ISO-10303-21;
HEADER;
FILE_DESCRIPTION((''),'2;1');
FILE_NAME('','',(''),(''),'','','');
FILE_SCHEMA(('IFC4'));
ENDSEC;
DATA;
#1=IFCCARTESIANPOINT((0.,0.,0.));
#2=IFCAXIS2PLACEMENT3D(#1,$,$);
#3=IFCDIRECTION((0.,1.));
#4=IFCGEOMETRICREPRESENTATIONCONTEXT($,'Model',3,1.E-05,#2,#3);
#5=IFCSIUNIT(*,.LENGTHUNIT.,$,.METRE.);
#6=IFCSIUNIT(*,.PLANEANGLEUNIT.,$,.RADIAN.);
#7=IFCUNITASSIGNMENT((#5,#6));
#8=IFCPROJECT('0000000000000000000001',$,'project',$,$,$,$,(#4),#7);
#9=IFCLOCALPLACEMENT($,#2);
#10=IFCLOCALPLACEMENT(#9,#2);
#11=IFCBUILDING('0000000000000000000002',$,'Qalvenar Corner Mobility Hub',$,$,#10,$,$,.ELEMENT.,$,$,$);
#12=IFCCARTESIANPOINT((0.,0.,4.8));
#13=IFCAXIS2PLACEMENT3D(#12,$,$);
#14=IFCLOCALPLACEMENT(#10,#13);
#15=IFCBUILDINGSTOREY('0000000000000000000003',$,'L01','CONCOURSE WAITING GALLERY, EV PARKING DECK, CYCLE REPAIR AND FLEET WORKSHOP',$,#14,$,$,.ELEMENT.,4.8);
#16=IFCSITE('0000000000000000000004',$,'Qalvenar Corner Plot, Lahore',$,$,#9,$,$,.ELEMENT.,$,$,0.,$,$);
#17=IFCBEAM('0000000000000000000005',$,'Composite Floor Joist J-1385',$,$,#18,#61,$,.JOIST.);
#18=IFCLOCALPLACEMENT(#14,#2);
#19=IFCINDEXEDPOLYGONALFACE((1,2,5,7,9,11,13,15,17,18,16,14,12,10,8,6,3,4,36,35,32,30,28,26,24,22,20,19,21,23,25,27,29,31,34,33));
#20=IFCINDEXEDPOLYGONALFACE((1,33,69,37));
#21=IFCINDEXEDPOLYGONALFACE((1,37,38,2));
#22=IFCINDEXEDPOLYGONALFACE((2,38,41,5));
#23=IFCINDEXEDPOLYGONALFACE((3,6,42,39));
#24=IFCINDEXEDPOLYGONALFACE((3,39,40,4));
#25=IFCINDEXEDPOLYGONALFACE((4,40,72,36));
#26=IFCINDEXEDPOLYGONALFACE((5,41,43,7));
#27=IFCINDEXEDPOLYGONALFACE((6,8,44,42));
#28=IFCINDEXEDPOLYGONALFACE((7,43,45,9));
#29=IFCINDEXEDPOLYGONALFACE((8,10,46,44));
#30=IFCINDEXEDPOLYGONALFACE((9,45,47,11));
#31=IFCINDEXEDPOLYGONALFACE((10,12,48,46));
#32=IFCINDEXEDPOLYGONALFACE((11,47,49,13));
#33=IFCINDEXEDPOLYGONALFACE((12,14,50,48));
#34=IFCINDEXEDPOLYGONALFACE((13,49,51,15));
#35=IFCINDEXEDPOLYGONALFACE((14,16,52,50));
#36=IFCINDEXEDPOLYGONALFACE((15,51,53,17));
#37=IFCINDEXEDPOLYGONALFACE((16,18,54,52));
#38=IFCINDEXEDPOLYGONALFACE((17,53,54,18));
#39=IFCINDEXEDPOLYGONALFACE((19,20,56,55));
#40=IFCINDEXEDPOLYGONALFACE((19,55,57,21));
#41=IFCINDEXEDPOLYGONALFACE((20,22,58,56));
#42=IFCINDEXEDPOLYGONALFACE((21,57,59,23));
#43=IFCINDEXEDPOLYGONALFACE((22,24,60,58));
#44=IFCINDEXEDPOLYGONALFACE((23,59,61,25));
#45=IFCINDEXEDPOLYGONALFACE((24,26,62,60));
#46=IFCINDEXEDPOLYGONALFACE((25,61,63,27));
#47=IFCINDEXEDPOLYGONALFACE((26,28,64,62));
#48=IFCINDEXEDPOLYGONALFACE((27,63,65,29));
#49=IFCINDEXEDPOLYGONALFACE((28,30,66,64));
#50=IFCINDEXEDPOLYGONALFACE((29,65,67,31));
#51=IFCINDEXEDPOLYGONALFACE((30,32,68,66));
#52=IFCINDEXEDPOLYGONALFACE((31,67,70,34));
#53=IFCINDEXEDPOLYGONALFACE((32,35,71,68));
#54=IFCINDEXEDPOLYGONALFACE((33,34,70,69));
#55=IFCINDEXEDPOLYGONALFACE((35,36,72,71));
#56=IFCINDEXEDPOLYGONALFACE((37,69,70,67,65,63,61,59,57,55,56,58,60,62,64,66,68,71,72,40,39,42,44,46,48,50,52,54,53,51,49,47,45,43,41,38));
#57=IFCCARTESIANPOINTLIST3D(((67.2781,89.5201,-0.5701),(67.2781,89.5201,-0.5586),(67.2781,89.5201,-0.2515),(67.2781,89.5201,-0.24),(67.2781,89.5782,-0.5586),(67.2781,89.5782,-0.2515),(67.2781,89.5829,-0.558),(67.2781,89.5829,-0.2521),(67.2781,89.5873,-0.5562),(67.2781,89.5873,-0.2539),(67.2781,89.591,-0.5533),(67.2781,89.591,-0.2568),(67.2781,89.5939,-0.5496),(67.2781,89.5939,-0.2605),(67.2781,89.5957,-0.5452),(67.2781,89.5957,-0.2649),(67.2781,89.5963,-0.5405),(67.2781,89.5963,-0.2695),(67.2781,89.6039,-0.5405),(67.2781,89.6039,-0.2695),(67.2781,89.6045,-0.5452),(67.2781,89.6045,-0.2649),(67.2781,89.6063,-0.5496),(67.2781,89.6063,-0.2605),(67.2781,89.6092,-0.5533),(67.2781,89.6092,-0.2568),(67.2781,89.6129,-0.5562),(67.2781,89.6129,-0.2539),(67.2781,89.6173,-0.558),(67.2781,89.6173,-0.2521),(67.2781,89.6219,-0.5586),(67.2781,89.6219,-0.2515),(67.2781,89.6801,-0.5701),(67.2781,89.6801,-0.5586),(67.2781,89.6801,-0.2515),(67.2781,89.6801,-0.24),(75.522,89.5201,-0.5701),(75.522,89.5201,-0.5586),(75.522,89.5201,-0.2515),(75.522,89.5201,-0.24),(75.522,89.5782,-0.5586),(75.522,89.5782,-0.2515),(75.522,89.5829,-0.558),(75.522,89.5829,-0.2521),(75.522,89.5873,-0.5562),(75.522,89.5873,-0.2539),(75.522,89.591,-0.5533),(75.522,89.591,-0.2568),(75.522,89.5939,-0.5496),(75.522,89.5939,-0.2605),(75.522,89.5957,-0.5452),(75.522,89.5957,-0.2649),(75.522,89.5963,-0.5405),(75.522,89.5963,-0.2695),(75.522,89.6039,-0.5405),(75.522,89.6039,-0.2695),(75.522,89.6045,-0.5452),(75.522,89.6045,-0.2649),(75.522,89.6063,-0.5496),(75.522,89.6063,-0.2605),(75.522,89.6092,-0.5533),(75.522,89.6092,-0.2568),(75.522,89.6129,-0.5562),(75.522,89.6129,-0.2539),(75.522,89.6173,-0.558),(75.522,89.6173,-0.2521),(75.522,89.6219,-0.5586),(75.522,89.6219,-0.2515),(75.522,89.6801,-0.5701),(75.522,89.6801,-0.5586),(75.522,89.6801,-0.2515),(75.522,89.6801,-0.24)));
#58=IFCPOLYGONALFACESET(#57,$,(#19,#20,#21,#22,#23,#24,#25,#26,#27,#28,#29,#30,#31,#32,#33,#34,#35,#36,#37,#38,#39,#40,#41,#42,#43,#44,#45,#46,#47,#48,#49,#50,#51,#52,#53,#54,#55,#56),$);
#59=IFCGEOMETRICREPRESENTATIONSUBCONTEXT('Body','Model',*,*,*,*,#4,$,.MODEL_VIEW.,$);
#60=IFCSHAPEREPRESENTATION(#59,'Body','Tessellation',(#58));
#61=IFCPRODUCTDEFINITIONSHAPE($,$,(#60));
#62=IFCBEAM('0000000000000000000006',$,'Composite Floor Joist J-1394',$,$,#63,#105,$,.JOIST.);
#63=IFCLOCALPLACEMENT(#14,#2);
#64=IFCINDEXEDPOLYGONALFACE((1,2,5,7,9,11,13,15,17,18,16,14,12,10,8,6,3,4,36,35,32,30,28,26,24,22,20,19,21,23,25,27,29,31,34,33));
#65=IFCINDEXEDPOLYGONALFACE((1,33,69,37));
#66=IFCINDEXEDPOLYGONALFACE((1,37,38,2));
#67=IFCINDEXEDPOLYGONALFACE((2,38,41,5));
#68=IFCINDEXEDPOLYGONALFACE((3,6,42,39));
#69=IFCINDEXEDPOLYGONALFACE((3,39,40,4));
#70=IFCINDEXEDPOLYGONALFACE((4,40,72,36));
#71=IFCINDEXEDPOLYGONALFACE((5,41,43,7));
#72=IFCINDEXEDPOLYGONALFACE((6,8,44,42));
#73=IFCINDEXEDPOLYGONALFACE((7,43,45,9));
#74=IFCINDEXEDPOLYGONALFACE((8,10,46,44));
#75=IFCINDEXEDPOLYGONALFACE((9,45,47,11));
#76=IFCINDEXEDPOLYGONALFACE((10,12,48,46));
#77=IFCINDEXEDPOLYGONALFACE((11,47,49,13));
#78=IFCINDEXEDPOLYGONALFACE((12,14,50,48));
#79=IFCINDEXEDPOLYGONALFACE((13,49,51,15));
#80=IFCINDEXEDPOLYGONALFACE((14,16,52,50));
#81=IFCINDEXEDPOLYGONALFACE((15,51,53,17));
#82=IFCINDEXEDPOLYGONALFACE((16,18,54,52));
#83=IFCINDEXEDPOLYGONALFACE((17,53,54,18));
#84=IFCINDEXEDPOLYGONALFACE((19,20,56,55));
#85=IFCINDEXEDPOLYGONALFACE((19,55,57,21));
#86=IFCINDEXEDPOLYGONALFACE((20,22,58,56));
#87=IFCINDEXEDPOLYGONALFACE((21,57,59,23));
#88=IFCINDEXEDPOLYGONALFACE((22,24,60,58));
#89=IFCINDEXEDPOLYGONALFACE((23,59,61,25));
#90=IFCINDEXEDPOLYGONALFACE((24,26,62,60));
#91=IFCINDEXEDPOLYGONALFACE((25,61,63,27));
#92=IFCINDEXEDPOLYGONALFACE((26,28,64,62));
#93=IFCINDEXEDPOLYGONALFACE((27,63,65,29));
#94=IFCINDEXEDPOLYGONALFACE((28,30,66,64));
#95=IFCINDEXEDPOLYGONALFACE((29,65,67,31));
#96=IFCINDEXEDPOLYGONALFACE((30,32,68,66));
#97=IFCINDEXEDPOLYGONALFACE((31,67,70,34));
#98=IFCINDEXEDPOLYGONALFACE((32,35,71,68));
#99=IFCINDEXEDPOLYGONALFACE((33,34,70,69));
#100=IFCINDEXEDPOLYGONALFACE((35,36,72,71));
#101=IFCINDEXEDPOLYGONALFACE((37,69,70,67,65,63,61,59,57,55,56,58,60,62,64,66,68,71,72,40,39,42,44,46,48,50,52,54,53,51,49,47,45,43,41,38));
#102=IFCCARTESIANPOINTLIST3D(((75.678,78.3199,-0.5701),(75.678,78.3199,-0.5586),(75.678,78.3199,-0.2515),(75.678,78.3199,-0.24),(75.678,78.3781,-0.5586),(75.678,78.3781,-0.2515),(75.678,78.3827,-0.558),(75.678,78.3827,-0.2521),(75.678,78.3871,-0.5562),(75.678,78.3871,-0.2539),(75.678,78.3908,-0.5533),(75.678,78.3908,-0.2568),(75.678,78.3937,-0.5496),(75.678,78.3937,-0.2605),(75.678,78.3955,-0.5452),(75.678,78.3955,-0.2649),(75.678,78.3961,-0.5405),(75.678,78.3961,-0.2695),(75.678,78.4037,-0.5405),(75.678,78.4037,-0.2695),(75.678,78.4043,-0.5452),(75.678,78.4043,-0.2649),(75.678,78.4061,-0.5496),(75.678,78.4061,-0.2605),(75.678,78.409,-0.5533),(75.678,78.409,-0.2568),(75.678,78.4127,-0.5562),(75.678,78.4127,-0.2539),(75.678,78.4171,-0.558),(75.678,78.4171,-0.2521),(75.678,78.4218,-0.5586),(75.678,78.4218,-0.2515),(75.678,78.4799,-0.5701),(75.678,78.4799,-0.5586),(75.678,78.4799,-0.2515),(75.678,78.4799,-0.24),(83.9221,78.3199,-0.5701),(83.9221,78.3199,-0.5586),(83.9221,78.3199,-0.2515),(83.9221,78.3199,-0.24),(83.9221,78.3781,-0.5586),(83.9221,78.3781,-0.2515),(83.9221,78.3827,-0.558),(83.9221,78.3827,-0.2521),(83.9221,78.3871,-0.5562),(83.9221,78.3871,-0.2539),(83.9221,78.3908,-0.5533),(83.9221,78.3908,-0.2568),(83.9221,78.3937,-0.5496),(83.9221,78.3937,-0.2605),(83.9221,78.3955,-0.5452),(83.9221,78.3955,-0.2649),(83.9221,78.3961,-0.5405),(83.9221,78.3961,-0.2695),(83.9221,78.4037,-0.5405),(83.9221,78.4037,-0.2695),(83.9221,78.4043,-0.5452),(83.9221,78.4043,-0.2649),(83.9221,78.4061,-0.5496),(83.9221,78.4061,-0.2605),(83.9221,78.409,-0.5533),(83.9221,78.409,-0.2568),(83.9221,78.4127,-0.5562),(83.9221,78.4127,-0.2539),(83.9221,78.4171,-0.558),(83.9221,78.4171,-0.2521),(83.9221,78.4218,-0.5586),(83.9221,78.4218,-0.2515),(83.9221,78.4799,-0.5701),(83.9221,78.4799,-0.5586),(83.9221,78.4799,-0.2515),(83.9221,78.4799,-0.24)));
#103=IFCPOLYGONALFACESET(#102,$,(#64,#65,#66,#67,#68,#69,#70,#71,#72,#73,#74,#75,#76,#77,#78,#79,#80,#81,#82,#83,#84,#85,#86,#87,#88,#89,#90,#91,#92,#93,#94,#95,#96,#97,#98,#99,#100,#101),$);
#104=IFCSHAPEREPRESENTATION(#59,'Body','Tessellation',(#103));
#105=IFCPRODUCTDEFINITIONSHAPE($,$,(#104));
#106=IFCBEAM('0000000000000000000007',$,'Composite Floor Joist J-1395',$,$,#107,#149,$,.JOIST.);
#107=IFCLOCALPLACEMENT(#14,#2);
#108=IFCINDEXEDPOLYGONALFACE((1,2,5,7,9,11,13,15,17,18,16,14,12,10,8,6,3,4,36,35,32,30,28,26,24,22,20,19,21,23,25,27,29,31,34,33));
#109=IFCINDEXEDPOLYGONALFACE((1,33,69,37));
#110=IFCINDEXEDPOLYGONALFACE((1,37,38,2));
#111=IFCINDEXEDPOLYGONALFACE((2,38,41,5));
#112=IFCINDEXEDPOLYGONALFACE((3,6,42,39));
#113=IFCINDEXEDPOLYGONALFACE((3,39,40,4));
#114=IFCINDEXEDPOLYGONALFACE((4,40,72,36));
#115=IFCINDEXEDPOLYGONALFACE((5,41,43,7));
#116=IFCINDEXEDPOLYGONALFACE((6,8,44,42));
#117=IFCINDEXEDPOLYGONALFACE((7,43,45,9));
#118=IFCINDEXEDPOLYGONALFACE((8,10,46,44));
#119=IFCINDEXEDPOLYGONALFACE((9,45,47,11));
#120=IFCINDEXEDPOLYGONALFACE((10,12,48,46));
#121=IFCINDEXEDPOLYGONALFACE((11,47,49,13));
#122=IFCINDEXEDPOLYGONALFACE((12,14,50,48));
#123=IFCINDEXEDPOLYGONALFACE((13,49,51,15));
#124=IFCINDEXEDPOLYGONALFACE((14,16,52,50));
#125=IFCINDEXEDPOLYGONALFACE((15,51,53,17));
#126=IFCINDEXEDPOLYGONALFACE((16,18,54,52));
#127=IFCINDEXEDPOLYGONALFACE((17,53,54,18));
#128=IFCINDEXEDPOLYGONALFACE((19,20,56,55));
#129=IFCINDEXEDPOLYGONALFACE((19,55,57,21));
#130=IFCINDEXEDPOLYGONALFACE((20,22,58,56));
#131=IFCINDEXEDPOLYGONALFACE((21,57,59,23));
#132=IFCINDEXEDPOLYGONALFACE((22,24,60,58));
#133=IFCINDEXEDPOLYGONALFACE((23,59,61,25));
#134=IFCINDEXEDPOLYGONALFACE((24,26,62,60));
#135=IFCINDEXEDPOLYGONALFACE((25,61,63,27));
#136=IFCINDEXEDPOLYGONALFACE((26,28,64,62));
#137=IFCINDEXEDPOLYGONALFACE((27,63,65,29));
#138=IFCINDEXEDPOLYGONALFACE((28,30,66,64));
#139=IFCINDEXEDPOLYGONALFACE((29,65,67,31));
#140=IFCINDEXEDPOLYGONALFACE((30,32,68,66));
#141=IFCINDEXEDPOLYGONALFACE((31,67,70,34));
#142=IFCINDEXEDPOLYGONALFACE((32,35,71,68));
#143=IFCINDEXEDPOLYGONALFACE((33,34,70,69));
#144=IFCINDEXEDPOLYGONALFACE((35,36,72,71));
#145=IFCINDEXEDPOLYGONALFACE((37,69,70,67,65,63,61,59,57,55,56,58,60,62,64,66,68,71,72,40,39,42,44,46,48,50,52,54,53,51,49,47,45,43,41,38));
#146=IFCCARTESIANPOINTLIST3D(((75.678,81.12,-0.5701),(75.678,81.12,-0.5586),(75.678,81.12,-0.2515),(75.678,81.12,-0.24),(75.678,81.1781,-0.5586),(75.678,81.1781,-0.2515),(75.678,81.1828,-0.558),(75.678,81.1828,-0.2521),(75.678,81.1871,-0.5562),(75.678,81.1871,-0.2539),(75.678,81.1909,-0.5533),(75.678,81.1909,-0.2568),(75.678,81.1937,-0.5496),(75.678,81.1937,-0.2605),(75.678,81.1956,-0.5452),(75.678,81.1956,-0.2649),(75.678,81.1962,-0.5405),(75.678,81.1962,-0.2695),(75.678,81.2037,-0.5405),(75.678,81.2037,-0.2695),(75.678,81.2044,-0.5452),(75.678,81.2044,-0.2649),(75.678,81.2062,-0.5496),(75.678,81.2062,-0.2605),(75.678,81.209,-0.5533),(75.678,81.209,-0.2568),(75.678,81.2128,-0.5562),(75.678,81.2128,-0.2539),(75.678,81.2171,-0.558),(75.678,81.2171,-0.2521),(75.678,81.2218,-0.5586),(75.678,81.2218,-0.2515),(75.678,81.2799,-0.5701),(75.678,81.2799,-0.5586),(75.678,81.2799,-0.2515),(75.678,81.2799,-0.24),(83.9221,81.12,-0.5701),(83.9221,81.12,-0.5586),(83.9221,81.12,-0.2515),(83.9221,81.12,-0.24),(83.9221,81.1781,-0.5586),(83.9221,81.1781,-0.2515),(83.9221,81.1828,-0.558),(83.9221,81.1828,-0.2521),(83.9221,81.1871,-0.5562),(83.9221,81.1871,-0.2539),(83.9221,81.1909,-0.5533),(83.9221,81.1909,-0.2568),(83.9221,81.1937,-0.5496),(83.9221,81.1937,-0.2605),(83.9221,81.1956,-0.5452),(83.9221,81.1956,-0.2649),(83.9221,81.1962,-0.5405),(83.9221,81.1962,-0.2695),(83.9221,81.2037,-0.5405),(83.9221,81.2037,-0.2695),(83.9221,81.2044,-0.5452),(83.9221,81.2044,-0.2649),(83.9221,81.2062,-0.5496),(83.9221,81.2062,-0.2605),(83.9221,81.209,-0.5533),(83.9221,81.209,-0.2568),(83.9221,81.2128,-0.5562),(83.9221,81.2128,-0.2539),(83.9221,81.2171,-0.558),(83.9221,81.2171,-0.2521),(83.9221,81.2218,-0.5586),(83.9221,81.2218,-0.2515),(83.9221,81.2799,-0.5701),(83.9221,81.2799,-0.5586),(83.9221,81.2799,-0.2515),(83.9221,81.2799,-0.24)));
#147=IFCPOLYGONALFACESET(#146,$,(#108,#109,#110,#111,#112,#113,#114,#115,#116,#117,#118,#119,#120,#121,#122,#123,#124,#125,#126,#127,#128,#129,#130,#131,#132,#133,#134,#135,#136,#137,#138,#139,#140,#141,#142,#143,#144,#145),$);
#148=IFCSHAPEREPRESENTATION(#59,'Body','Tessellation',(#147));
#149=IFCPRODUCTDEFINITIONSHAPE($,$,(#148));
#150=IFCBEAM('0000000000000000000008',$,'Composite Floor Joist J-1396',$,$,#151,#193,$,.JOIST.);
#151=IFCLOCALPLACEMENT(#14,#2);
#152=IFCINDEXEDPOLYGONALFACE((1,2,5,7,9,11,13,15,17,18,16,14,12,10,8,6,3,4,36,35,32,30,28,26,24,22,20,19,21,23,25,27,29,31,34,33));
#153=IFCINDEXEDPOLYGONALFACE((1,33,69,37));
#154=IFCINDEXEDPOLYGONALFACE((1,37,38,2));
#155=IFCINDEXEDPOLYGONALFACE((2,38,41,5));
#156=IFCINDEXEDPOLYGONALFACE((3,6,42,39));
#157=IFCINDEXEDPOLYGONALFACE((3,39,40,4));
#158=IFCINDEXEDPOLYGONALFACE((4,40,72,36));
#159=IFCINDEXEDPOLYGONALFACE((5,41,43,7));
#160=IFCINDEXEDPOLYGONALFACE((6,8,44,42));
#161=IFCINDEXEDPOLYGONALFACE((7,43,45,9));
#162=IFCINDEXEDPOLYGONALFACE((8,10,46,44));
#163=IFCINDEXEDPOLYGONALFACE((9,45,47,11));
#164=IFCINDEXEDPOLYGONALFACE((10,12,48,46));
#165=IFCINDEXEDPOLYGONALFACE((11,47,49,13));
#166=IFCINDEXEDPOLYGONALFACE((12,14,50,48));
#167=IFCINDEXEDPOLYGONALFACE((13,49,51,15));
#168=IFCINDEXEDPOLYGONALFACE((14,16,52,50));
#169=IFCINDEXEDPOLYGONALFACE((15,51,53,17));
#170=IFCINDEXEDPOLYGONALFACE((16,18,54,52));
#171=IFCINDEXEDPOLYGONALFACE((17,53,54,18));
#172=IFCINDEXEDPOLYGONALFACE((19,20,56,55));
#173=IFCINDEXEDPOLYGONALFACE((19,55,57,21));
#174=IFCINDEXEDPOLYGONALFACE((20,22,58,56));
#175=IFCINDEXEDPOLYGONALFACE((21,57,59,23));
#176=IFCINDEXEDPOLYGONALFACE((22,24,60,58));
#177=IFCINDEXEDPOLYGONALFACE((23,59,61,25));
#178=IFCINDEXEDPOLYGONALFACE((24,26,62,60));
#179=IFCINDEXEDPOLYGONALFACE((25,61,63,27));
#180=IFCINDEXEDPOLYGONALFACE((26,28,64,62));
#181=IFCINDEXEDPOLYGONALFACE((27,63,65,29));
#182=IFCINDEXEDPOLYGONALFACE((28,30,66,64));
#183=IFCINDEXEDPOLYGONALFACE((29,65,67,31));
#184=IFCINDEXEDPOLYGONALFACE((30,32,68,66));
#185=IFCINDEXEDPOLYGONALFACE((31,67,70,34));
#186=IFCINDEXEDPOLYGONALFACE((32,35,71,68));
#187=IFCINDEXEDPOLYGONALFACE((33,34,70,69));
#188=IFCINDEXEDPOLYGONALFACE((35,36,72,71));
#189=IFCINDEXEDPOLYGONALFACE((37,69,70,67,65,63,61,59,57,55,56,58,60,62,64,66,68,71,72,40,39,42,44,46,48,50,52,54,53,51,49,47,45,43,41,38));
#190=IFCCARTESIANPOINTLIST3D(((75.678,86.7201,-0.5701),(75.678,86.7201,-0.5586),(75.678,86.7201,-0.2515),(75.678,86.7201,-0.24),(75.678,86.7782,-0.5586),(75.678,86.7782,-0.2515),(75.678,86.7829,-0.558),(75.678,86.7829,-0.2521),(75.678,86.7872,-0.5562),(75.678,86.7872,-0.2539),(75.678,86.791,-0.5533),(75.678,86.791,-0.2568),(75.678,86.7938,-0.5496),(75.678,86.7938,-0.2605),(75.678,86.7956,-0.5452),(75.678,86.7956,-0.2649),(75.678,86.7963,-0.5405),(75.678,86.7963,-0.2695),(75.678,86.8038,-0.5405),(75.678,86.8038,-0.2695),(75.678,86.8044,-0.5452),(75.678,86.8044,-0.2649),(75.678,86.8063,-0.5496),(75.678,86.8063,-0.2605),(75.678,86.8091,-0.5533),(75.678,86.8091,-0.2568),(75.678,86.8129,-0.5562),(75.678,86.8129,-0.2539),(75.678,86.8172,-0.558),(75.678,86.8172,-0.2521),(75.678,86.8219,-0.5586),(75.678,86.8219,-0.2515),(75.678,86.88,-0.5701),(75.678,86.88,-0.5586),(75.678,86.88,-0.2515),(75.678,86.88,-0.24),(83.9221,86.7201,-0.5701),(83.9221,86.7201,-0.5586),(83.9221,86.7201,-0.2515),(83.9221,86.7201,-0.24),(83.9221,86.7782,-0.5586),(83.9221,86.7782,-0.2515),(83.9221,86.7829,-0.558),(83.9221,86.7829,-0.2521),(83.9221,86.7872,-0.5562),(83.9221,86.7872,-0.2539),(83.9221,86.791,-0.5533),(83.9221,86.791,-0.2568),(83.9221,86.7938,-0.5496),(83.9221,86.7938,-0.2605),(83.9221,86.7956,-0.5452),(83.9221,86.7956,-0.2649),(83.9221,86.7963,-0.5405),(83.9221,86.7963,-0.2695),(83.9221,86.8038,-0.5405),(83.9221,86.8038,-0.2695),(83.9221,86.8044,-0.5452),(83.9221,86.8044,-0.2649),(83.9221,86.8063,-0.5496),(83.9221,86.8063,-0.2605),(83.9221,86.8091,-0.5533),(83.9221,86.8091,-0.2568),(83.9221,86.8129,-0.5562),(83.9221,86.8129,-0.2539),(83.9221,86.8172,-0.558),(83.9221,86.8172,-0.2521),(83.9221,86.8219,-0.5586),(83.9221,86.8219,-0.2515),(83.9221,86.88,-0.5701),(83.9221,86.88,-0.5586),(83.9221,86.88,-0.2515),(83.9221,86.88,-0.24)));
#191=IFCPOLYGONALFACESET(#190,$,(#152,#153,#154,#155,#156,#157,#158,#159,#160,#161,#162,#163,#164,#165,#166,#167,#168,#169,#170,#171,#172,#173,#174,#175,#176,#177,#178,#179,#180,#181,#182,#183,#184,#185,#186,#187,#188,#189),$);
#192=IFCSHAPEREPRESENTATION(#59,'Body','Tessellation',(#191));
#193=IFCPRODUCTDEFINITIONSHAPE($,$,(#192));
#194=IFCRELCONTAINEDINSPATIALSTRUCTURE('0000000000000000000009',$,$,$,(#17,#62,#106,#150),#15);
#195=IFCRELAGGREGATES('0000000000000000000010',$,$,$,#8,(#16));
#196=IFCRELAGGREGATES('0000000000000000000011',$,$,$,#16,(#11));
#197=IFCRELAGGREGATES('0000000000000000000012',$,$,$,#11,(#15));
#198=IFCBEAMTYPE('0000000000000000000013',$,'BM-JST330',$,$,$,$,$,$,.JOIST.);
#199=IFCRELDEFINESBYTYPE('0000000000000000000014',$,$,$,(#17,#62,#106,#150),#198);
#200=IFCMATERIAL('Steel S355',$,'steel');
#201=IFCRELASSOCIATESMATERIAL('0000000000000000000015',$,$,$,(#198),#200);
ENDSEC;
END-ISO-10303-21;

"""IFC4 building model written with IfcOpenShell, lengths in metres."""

from ifc_helpers import new_model, si_unit, direction, frame, origin, origin_2d, place, context, subcontext, project, spatial, i_section, extrude, material, material_profile, profile_set, type_object, element, save


model = new_model("IFC4")

# Units and contexts
model_context = context("Model", 3, precision=1e-05, world=origin(), true_north=direction((0.0, 1.0)))
body_context = subcontext(model_context, "Body", "Model", "MODEL_VIEW")
ifc_project = project(units=[si_unit("LENGTHUNIT", "METRE"), si_unit("PLANEANGLEUNIT", "RADIAN")], contexts=[model_context])

# Site, building, storey
site_placement = place(None, origin())
site = spatial("IfcSite", under=ifc_project, at=site_placement, Name="Qalvenar Corner Plot, Lahore", CompositionType="ELEMENT", RefElevation=0.0)
building_placement = place(site_placement, origin())
building = spatial("IfcBuilding", under=site, at=building_placement, Name="Qalvenar Corner Mobility Hub", CompositionType="ELEMENT")
storey_placement = place(building_placement, frame((0.0, 0.0, 4.8)))
storey = spatial("IfcBuildingStorey", under=building, at=storey_placement, Name="L01", Description="CONCOURSE WAITING GALLERY, EV PARKING DECK, CYCLE REPAIR AND FLEET WORKSHOP", CompositionType="ELEMENT", Elevation=4.8)

# Shared definitions
ifc_material_1 = material(Name="Steel S355", Category="steel")

# Beams
ifc_material_profile_1 = material_profile(ifc_material_1, i_section(OverallWidth=0.1599, OverallDepth=0.3301, WebThickness=0.0076, FlangeThickness=0.0115, FilletRadius=0.0181, at=origin_2d()), Name="IPE330")
ifc_profile_set_1 = profile_set([ifc_material_profile_1], Name="Steel S355")
beam_type_1 = type_object("IfcBeamType", Name="BM-JST330", PredefinedType="JOIST", material=ifc_profile_set_1)
for number, where, z_axis, x_axis, name in (
    (1, (67.2781, 89.6001, -0.405), (1.0, 0.0, 0.0), (0.0, 1.0, 0.0), "Composite Floor Joist J-1385"),
):
    element("IfcBeam", number, at=place(storey_placement, frame(where, z_axis=z_axis, x_axis=x_axis)), inside=storey, type_object=beam_type_1, Name=name, PredefinedType="JOIST", context=body_context, shape_type="SweptSolid", body=[
        extrude(i_section(OverallWidth=0.1599, OverallDepth=0.3301, WebThickness=0.0076, FlangeThickness=0.0115, FilletRadius=0.0181, at=origin_2d()), origin(), (0.0, 0.0, 1.0), 8.2439),
    ])
for number, where, z_axis, x_axis, name in (
    (2, (75.678, 78.3999, -0.405), (1.0, 0.0, 0.0), (0.0, 1.0, 0.0), "Composite Floor Joist J-1394"),
    (3, (75.678, 81.2, -0.405), (1.0, 0.0, 0.0), (0.0, 1.0, 0.0), "Composite Floor Joist J-1395"),
    (4, (75.678, 86.8, -0.405), (1.0, 0.0, 0.0), (0.0, 1.0, 0.0), "Composite Floor Joist J-1396"),
):
    element("IfcBeam", number, at=place(storey_placement, frame(where, z_axis=z_axis, x_axis=x_axis)), inside=storey, type_object=beam_type_1, Name=name, PredefinedType="JOIST", context=body_context, shape_type="SweptSolid", body=[
        extrude(i_section(OverallWidth=0.1599, OverallDepth=0.3301, WebThickness=0.0076, FlangeThickness=0.0115, FilletRadius=0.0181, at=origin_2d()), origin(), (0.0, 0.0, 1.0), 8.2441),
    ])

save(model, "model.ifc")
